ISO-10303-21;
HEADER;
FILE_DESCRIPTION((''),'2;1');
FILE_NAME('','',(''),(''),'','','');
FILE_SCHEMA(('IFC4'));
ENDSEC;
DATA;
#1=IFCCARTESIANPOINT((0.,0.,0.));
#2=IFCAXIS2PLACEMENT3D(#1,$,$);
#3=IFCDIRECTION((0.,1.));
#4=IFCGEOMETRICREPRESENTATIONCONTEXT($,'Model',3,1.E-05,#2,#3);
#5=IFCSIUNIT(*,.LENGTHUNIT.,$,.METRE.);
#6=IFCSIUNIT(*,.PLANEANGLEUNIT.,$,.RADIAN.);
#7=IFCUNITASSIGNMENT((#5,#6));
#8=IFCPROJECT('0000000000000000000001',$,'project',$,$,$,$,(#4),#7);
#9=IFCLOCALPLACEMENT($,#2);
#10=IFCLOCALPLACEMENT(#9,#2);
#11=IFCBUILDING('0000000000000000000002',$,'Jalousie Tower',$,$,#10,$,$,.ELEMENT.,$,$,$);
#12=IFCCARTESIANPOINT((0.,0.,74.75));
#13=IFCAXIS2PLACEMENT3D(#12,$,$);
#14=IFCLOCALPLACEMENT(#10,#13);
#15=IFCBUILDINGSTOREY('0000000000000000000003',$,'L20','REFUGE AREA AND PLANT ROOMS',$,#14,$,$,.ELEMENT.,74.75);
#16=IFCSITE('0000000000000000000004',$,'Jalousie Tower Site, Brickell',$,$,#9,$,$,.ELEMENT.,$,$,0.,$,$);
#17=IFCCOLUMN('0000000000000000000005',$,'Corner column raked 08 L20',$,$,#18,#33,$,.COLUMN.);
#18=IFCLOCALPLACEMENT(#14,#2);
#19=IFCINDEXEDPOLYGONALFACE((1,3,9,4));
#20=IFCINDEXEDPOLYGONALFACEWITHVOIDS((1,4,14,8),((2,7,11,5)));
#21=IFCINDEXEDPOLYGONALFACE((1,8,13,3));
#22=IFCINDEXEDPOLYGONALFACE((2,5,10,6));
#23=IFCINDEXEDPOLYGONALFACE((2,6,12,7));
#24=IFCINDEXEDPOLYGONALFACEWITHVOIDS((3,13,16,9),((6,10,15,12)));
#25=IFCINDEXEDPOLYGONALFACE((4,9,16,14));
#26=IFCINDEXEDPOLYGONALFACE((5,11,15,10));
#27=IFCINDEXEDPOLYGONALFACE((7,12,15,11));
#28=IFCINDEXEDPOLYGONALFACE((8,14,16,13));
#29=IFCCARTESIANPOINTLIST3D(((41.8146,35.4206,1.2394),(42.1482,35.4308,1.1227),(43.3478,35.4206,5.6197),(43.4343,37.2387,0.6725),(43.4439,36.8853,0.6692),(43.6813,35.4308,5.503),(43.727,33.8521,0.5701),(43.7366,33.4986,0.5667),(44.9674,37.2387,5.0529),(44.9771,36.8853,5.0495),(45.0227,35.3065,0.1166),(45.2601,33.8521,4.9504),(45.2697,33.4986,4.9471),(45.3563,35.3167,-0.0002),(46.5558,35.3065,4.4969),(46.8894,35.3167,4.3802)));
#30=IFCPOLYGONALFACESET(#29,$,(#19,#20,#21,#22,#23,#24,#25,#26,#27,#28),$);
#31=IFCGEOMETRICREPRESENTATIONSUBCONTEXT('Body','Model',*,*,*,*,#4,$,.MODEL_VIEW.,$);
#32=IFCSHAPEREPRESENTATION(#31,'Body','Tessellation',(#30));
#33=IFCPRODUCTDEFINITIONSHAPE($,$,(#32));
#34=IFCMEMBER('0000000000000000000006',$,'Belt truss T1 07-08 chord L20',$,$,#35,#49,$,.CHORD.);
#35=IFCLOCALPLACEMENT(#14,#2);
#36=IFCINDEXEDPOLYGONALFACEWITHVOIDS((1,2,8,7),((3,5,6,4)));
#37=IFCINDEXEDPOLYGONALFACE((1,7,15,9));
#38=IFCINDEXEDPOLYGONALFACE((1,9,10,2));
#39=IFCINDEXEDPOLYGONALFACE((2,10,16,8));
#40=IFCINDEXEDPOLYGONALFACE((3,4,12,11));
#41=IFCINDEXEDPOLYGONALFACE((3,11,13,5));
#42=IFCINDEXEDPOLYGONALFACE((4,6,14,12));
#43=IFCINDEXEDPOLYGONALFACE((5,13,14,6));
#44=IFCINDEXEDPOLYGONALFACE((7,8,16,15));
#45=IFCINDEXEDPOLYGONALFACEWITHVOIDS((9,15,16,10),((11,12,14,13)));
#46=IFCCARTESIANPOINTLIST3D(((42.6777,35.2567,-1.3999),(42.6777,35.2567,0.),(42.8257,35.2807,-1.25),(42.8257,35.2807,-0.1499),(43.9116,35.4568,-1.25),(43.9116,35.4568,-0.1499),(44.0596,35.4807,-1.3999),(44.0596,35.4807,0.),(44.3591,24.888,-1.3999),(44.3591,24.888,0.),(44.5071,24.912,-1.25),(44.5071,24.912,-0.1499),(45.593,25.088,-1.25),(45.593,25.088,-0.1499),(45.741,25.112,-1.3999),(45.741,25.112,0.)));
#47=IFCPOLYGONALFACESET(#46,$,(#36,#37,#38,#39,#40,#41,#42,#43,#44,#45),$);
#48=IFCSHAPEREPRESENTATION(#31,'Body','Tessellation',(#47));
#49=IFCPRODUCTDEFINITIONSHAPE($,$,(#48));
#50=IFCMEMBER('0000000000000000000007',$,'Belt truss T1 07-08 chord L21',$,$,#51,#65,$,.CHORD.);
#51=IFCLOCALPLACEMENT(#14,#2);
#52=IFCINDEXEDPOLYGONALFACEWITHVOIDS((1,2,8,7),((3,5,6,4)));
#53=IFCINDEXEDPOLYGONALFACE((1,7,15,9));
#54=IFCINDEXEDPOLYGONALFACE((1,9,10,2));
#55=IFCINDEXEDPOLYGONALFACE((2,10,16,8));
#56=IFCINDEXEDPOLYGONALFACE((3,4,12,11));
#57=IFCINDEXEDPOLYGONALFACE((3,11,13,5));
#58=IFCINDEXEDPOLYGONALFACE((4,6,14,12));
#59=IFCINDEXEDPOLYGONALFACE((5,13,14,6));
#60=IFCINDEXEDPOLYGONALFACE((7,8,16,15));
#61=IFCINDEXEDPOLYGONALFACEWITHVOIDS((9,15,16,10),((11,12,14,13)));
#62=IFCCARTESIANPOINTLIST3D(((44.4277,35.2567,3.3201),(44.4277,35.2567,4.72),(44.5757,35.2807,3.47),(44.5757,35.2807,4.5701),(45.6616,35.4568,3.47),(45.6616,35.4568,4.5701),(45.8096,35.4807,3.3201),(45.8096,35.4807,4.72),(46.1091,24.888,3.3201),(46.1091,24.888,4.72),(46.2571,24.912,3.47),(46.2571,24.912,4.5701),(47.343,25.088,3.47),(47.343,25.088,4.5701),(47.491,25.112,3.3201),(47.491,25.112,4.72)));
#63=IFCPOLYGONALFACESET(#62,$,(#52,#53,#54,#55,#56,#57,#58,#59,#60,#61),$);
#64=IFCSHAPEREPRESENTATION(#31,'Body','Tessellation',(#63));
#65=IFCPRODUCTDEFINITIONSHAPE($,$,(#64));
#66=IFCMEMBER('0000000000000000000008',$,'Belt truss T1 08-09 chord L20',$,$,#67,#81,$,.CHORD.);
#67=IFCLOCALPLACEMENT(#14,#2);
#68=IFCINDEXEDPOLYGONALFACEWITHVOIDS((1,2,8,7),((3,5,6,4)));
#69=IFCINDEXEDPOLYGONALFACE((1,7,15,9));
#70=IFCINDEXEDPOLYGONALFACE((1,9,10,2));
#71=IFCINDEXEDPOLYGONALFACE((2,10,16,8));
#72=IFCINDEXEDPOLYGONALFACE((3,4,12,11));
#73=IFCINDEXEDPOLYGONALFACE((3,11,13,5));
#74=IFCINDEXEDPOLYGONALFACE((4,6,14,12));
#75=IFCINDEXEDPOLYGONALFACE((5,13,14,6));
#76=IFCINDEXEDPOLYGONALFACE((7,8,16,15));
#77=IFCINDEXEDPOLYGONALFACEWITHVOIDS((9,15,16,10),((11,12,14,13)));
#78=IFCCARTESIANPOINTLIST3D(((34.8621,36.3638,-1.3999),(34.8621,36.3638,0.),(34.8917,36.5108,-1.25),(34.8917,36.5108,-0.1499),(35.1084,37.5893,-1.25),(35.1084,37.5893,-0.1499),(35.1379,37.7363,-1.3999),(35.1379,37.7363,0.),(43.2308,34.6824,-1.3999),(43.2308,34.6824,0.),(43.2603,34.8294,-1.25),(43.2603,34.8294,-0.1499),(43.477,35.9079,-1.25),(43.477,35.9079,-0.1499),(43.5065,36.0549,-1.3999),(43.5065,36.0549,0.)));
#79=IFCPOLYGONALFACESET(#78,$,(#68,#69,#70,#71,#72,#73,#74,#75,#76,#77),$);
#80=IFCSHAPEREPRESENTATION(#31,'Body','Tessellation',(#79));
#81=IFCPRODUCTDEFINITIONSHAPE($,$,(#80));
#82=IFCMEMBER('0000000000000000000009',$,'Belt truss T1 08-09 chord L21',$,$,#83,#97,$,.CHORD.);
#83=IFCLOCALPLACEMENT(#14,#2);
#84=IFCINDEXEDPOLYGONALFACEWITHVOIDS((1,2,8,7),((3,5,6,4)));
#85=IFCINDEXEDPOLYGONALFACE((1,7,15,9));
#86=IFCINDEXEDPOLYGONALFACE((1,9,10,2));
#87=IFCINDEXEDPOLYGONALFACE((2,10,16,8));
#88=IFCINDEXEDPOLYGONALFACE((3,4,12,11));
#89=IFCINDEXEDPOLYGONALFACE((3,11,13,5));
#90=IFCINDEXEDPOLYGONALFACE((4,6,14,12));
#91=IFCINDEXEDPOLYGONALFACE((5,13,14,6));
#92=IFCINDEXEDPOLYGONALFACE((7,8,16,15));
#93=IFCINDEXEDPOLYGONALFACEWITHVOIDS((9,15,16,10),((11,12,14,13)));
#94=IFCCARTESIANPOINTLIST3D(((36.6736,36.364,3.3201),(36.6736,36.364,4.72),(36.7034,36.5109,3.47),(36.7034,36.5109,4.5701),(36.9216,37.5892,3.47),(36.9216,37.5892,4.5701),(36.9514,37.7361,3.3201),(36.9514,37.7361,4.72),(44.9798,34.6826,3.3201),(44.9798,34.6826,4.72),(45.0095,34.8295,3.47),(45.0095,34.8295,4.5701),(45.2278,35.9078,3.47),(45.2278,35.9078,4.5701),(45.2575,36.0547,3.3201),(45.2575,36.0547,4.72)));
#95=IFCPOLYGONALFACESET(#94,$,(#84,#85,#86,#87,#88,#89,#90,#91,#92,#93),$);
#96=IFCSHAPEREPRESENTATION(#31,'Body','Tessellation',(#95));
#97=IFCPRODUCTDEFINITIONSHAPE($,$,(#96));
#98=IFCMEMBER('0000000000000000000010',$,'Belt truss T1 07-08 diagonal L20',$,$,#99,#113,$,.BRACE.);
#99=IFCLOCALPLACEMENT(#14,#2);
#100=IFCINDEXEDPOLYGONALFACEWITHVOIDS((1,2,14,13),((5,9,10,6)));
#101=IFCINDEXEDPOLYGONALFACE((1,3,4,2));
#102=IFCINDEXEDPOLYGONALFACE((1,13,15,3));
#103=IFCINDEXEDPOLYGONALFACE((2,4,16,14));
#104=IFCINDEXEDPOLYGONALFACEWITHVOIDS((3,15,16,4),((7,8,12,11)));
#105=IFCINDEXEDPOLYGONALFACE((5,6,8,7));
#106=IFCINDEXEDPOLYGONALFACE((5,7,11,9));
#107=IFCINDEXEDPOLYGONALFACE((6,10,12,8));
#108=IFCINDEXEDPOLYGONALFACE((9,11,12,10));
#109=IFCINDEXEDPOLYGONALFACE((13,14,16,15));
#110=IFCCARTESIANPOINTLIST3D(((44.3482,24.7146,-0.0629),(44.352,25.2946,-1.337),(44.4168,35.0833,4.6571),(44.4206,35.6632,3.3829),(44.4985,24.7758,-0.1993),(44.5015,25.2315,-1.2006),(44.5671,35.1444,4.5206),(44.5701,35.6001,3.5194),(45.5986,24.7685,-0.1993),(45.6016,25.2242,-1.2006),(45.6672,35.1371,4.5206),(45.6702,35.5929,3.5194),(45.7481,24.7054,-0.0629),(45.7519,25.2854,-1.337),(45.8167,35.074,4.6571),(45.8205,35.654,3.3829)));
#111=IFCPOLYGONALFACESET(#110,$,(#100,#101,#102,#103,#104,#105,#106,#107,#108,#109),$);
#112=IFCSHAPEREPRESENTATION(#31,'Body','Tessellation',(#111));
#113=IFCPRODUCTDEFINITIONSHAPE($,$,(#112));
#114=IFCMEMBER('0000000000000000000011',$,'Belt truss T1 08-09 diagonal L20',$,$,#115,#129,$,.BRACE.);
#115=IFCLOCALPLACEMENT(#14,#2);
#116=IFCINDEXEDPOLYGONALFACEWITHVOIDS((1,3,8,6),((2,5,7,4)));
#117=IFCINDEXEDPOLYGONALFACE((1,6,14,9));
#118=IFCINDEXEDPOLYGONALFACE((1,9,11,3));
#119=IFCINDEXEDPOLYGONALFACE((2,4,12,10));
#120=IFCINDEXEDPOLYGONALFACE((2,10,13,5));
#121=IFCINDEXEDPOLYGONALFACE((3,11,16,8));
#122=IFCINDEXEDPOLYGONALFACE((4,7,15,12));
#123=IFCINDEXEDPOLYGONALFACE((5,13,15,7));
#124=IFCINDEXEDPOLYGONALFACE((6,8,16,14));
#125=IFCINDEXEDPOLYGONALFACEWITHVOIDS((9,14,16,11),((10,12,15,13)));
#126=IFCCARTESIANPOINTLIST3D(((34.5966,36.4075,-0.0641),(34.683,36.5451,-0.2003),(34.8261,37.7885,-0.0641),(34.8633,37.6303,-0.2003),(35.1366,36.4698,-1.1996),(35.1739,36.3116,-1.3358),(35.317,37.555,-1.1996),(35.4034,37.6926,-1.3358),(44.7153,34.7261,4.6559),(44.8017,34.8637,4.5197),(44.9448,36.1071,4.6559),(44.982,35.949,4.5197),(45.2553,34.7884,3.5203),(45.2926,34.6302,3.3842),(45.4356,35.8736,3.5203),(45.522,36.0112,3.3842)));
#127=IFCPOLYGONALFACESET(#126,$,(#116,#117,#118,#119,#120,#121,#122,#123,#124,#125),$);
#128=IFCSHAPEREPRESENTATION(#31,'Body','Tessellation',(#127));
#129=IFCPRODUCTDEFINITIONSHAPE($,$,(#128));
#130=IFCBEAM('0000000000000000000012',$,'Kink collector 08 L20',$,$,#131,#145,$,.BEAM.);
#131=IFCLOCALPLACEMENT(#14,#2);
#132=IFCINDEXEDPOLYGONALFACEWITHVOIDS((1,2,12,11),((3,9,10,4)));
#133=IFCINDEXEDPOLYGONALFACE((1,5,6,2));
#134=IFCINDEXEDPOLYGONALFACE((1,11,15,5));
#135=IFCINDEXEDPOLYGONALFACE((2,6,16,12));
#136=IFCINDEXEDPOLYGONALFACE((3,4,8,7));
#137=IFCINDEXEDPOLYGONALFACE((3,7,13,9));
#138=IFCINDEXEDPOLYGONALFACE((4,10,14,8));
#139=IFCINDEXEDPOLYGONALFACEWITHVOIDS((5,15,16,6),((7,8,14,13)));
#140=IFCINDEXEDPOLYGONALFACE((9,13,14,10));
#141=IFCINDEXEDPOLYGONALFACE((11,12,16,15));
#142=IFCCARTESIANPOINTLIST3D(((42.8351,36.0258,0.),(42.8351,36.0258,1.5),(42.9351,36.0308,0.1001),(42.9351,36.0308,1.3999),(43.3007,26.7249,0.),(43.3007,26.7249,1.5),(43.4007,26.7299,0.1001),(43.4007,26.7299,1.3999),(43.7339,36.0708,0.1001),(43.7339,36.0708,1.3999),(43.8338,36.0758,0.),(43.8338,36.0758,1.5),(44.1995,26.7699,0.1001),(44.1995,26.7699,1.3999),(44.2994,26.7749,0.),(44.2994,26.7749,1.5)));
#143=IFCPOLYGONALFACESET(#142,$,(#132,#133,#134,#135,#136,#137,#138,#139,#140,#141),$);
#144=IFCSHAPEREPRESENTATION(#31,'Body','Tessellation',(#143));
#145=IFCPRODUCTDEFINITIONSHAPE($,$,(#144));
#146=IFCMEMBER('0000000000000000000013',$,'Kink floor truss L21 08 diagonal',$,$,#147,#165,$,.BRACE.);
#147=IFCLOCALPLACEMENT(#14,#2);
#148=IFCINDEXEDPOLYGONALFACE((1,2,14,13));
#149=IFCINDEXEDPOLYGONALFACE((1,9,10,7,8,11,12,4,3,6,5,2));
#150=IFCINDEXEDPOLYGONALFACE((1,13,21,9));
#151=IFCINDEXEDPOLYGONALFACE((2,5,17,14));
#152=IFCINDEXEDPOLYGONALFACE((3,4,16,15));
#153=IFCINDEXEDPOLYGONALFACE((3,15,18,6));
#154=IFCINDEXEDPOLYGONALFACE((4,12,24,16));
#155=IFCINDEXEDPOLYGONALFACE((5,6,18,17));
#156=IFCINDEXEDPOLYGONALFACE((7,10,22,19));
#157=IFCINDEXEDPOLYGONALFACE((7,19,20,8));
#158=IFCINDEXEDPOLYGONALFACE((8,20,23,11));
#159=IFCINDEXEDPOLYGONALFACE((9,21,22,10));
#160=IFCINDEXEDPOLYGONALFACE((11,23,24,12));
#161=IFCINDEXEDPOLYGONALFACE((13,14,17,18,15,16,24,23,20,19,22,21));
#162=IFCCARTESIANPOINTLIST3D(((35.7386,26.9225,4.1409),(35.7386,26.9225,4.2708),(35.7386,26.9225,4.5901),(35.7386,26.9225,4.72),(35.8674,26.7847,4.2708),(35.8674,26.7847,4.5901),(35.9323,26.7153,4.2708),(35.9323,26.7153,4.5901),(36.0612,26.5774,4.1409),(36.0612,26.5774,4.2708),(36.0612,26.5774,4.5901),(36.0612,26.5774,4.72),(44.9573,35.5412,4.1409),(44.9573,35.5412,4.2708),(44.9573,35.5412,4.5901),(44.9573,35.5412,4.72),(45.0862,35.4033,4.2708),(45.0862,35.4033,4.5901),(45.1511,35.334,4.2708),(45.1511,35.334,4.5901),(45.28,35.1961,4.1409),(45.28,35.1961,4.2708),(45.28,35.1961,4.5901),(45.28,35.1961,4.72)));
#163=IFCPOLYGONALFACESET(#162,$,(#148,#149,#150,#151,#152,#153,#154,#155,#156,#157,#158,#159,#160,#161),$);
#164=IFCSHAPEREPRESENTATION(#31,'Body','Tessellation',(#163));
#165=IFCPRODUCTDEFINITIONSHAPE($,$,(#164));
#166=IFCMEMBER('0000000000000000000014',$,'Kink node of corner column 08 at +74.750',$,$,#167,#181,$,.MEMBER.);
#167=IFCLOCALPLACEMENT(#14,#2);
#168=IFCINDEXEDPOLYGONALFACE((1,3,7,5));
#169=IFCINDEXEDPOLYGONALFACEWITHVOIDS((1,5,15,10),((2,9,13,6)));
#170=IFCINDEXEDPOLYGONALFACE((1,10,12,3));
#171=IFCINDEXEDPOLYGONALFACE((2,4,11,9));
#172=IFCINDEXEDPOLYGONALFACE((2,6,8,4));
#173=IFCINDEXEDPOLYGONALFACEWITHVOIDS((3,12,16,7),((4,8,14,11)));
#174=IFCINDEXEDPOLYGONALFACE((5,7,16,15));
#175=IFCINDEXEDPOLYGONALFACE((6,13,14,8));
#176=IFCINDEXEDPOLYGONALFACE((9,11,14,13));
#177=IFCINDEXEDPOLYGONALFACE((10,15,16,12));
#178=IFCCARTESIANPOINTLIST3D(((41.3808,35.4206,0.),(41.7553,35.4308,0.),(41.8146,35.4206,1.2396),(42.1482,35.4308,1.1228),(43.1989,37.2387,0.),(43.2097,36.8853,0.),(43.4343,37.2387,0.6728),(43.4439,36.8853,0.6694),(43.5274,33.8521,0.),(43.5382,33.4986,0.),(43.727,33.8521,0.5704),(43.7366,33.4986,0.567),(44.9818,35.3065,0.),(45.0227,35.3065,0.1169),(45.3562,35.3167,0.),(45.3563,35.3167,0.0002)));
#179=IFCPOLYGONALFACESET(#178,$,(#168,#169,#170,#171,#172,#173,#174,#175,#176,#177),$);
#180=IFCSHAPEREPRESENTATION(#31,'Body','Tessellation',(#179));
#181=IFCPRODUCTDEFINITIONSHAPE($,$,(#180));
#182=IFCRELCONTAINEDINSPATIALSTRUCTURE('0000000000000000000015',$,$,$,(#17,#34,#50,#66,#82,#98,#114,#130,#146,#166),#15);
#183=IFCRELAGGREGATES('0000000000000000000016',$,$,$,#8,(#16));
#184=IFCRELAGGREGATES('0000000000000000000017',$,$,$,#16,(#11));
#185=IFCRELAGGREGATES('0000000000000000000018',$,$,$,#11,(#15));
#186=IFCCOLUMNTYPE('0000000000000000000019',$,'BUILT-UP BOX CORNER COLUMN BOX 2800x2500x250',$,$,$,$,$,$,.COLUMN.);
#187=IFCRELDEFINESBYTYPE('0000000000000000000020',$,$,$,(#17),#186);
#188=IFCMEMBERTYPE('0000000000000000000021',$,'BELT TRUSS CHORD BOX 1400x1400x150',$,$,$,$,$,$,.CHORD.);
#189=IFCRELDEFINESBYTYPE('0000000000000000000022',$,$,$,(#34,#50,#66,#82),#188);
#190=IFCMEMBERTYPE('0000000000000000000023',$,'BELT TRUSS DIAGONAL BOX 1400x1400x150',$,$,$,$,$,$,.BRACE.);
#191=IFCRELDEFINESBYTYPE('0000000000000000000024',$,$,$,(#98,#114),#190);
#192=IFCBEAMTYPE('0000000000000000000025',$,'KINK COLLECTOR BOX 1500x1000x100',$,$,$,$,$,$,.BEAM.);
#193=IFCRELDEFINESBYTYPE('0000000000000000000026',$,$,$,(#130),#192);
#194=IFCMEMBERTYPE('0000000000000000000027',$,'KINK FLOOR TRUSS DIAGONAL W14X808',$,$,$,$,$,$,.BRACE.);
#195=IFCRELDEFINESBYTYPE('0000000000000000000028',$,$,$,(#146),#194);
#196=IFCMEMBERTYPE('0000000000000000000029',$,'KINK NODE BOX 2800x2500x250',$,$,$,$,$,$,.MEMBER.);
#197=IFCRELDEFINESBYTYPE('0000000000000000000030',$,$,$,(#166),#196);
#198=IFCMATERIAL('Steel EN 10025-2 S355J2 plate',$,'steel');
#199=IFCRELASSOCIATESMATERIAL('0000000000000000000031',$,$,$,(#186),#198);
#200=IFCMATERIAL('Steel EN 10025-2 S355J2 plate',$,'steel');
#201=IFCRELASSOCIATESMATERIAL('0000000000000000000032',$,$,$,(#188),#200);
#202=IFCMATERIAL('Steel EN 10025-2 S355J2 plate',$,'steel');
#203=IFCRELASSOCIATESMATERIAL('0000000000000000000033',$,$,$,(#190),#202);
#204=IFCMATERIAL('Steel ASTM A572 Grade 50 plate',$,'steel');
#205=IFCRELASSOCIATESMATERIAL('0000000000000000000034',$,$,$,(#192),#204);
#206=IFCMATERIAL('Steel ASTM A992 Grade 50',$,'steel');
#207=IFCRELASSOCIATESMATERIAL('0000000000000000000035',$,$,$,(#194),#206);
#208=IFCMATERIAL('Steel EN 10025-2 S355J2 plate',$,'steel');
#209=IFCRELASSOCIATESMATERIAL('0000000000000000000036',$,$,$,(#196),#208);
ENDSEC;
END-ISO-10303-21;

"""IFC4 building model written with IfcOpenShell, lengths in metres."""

from ifc_helpers import new_model, si_unit, direction, frame, origin, origin_2d, place, context, subcontext, project, spatial, hollow_rectangle, i_section, extrude, clip, halfspace, material, material_profile, profile_set, type_object, element, save


model = new_model("IFC4")

# Units and contexts
model_context = context("Model", 3, precision=1e-05, world=origin(), true_north=direction((0.0, 1.0)))
body_context = subcontext(model_context, "Body", "Model", "MODEL_VIEW")
ifc_project = project(units=[si_unit("LENGTHUNIT", "METRE"), si_unit("PLANEANGLEUNIT", "RADIAN")], contexts=[model_context])

# Site, building, storey
site_placement = place(None, origin())
site = spatial("IfcSite", under=ifc_project, at=site_placement, Name="Jalousie Tower Site, Brickell", CompositionType="ELEMENT", RefElevation=0.0)
building_placement = place(site_placement, origin())
building = spatial("IfcBuilding", under=site, at=building_placement, Name="Jalousie Tower", CompositionType="ELEMENT")
storey_placement = place(building_placement, frame((0.0, 0.0, 74.75)))
storey = spatial("IfcBuildingStorey", under=building, at=storey_placement, Name="L20", Description="REFUGE AREA AND PLANT ROOMS", CompositionType="ELEMENT", Elevation=74.75)

# Column
ifc_material_1 = material(Name="Steel EN 10025-2 S355J2 plate", Category="steel")
ifc_material_profile_1 = material_profile(ifc_material_1, hollow_rectangle(XDim=2.5, YDim=2.8, WallThickness=0.25, at=origin_2d()), Name="BOX 2800x2500x250")
ifc_profile_set_1 = profile_set([ifc_material_profile_1], Name="Steel EN 10025-2 S355J2 plate")
column_type = type_object("IfcColumnType", Name="BUILT-UP BOX CORNER COLUMN BOX 2800x2500x250", PredefinedType="COLUMN", material=ifc_profile_set_1)
column_placement = place(storey_placement, frame((43.5854, 35.3687, 0.6196), z_axis=(0.33035, 0.0, 0.943858), x_axis=(-0.647863, -0.727226, 0.226752)))
element("IfcColumn", 1, at=column_placement, inside=storey, type_object=column_type, Name="Corner column raked 08 L20", PredefinedType="COLUMN", context=body_context, shape_type="SweptSolid", body=[
    extrude(hollow_rectangle(XDim=2.5, YDim=2.8, WallThickness=0.25, at=origin_2d()), origin(), (0.0, 0.0, 1.0), 4.6409),
])

# Members
ifc_material_2 = material(Name="Steel EN 10025-2 S355J2 plate", Category="steel")
ifc_material_profile_2 = material_profile(ifc_material_2, hollow_rectangle(XDim=1.3999, YDim=1.3999, WallThickness=0.1499, at=origin_2d()), Name="BOX 1400x1400x150")
ifc_profile_set_2 = profile_set([ifc_material_profile_2], Name="Steel EN 10025-2 S355J2 plate")
member_type_1 = type_object("IfcMemberType", Name="BELT TRUSS CHORD BOX 1400x1400x150", PredefinedType="CHORD", material=ifc_profile_set_2)
for number, where, z_axis, x_axis, name in (
    (2, (45.05, 25.0, -0.7), (-0.160071, 0.987106, 0.0), (-0.987106, -0.160071, 0.0), "Belt truss T1 07-08 chord L20"),
    (3, (46.8, 25.0, 4.02), (-0.160071, 0.987106, 0.0), (-0.987106, -0.160071, 0.0), "Belt truss T1 07-08 chord L21"),
):
    element("IfcMember", number, at=place(storey_placement, frame(where, z_axis=z_axis, x_axis=x_axis)), inside=storey, type_object=member_type_1, Name=name, PredefinedType="CHORD", context=body_context, shape_type="SweptSolid", body=[
        extrude(hollow_rectangle(XDim=1.3999, YDim=1.3999, WallThickness=0.1499, at=origin_2d()), origin(), (0.0, 0.0, 1.0), 10.5042),
    ])
member_1_placement = place(storey_placement, frame((43.3687, 35.3687, -0.7), z_axis=(-0.980408, 0.19698, 0.0), x_axis=(-0.19698, -0.980408, 0.0)))
element("IfcMember", 4, at=member_1_placement, inside=storey, type_object=member_type_1, Name="Belt truss T1 08-09 chord L20", PredefinedType="CHORD", context=body_context, shape_type="SweptSolid", body=[
    extrude(hollow_rectangle(XDim=1.3999, YDim=1.3999, WallThickness=0.1499, at=origin_2d()), origin(), (0.0, 0.0, 1.0), 8.5359),
])
member_2_placement = place(storey_placement, frame((45.1187, 35.3687, 4.02), z_axis=(-0.98012, 0.198404, 0.0), x_axis=(-0.198404, -0.98012, 0.0)))
element("IfcMember", 5, at=member_2_placement, inside=storey, type_object=member_type_1, Name="Belt truss T1 08-09 chord L21", PredefinedType="CHORD", context=body_context, shape_type="SweptSolid", body=[
    extrude(hollow_rectangle(XDim=1.3999, YDim=1.3999, WallThickness=0.1499, at=origin_2d()), origin(), (0.0, 0.0, 1.0), 8.4746),
])
ifc_material_3 = material(Name="Steel EN 10025-2 S355J2 plate", Category="steel")
ifc_material_profile_3 = material_profile(ifc_material_3, hollow_rectangle(XDim=1.3999, YDim=1.3999, WallThickness=0.1499, at=origin_2d()), Name="BOX 1400x1400x150")
ifc_profile_set_3 = profile_set([ifc_material_profile_3], Name="Steel EN 10025-2 S355J2 plate")
member_type_2 = type_object("IfcMemberType", Name="BELT TRUSS DIAGONAL BOX 1400x1400x150", PredefinedType="BRACE", material=ifc_profile_set_3)
member_3_placement = place(storey_placement, frame((45.05, 25.0, -0.7), z_axis=(0.006022, 0.91012, 0.414301), x_axis=(-0.999978, 0.006616, 0.0)))
element("IfcMember", 6, at=member_3_placement, inside=storey, type_object=member_type_2, Name="Belt truss T1 07-08 diagonal L20", PredefinedType="BRACE", context=body_context, shape_type="SweptSolid", body=[
    extrude(hollow_rectangle(XDim=1.3999, YDim=1.3999, WallThickness=0.1499, at=origin_2d()), origin(), (0.0, 0.0, 1.0), 11.3926),
])
member_4_placement = place(storey_placement, frame((45.1187, 35.3687, 4.02), z_axis=(-0.89615, 0.148911, -0.41802), x_axis=(-0.16392, -0.986474, 0.0)))
element("IfcMember", 7, at=member_4_placement, inside=storey, type_object=member_type_2, Name="Belt truss T1 08-09 diagonal L20", PredefinedType="BRACE", context=body_context, shape_type="SweptSolid", body=[
    extrude(hollow_rectangle(XDim=1.3999, YDim=1.3999, WallThickness=0.1499, at=origin_2d()), origin(), (0.0, 0.0, 1.0), 11.2913),
])

# Beam
ifc_material_4 = material(Name="Steel ASTM A572 Grade 50 plate", Category="steel")
ifc_material_profile_4 = material_profile(ifc_material_4, hollow_rectangle(XDim=1.0, YDim=1.5, WallThickness=0.1001, at=origin_2d()), Name="BOX 1500x1000x100")
ifc_profile_set_4 = profile_set([ifc_material_profile_4], Name="Steel ASTM A572 Grade 50 plate")
beam_type = type_object("IfcBeamType", Name="KINK COLLECTOR BOX 1500x1000x100", PredefinedType="BEAM", material=ifc_profile_set_4)
beam_placement = place(storey_placement, frame((43.3345, 36.0508, 0.75), z_axis=(0.049995, -0.998749, 0.0), x_axis=(0.998749, 0.049995, 0.0)))
element("IfcBeam", 8, at=beam_placement, inside=storey, type_object=beam_type, Name="Kink collector 08 L20", PredefinedType="BEAM", context=body_context, shape_type="SweptSolid", body=[
    extrude(hollow_rectangle(XDim=1.0, YDim=1.5, WallThickness=0.1001, at=origin_2d()), origin(), (0.0, 0.0, 1.0), 9.3125),
])

# Members
ifc_material_5 = material(Name="Steel ASTM A992 Grade 50", Category="steel")
ifc_material_profile_5 = material_profile(ifc_material_5, i_section(OverallWidth=0.4724, OverallDepth=0.5791, WebThickness=0.095, FlangeThickness=0.1299, at=origin_2d()), Name="W14X808")
ifc_profile_set_5 = profile_set([ifc_material_profile_5], Name="Steel ASTM A992 Grade 50")
member_type_3 = type_object("IfcMemberType", Name="KINK FLOOR TRUSS DIAGONAL W14X808", PredefinedType="BRACE", material=ifc_profile_set_5)
member_5_placement = place(storey_placement, frame((45.1187, 35.3687, 4.4304), z_axis=(-0.730482, -0.682931, 0.0), x_axis=(0.682931, -0.730482, 0.0)))
element("IfcMember", 9, at=member_5_placement, inside=storey, type_object=member_type_3, Name="Kink floor truss L21 08 diagonal", PredefinedType="BRACE", context=body_context, shape_type="SweptSolid", body=[
    extrude(i_section(OverallWidth=0.4724, OverallDepth=0.5791, WebThickness=0.095, FlangeThickness=0.1299, at=origin_2d()), origin(), (0.0, 0.0, 1.0), 12.6201),
])
ifc_material_6 = material(Name="Steel EN 10025-2 S355J2 plate", Category="steel")
ifc_material_profile_6 = material_profile(ifc_material_6, hollow_rectangle(XDim=2.5, YDim=2.8, WallThickness=0.25, at=origin_2d()), Name="BOX 2800x2500x250")
ifc_profile_set_6 = profile_set([ifc_material_profile_6], Name="Steel EN 10025-2 S355J2 plate")
member_type_4 = type_object("IfcMemberType", Name="KINK NODE BOX 2800x2500x250", PredefinedType="MEMBER", material=ifc_profile_set_6)
member_6_placement = place(storey_placement, frame((43.1516, 35.3687, -0.6199), z_axis=(0.330301, 0.0, 0.943876), x_axis=(-0.647875, -0.727226, 0.226718)))
element("IfcMember", 10, at=member_6_placement, inside=storey, type_object=member_type_4, Name="Kink node of corner column 08 at +74.750", PredefinedType="MEMBER", context=body_context, shape_type="Clipping", body=[
    clip(extrude(hollow_rectangle(XDim=2.5, YDim=2.8, WallThickness=0.25, at=origin_2d()), origin(), (0.0, 0.0, 1.0), 1.3135), halfspace(frame((0.0, 0.0, 0.6567), z_axis=(0.226718, -0.240203, 0.943876)), True)),
])

save(model, "model.ifc")
